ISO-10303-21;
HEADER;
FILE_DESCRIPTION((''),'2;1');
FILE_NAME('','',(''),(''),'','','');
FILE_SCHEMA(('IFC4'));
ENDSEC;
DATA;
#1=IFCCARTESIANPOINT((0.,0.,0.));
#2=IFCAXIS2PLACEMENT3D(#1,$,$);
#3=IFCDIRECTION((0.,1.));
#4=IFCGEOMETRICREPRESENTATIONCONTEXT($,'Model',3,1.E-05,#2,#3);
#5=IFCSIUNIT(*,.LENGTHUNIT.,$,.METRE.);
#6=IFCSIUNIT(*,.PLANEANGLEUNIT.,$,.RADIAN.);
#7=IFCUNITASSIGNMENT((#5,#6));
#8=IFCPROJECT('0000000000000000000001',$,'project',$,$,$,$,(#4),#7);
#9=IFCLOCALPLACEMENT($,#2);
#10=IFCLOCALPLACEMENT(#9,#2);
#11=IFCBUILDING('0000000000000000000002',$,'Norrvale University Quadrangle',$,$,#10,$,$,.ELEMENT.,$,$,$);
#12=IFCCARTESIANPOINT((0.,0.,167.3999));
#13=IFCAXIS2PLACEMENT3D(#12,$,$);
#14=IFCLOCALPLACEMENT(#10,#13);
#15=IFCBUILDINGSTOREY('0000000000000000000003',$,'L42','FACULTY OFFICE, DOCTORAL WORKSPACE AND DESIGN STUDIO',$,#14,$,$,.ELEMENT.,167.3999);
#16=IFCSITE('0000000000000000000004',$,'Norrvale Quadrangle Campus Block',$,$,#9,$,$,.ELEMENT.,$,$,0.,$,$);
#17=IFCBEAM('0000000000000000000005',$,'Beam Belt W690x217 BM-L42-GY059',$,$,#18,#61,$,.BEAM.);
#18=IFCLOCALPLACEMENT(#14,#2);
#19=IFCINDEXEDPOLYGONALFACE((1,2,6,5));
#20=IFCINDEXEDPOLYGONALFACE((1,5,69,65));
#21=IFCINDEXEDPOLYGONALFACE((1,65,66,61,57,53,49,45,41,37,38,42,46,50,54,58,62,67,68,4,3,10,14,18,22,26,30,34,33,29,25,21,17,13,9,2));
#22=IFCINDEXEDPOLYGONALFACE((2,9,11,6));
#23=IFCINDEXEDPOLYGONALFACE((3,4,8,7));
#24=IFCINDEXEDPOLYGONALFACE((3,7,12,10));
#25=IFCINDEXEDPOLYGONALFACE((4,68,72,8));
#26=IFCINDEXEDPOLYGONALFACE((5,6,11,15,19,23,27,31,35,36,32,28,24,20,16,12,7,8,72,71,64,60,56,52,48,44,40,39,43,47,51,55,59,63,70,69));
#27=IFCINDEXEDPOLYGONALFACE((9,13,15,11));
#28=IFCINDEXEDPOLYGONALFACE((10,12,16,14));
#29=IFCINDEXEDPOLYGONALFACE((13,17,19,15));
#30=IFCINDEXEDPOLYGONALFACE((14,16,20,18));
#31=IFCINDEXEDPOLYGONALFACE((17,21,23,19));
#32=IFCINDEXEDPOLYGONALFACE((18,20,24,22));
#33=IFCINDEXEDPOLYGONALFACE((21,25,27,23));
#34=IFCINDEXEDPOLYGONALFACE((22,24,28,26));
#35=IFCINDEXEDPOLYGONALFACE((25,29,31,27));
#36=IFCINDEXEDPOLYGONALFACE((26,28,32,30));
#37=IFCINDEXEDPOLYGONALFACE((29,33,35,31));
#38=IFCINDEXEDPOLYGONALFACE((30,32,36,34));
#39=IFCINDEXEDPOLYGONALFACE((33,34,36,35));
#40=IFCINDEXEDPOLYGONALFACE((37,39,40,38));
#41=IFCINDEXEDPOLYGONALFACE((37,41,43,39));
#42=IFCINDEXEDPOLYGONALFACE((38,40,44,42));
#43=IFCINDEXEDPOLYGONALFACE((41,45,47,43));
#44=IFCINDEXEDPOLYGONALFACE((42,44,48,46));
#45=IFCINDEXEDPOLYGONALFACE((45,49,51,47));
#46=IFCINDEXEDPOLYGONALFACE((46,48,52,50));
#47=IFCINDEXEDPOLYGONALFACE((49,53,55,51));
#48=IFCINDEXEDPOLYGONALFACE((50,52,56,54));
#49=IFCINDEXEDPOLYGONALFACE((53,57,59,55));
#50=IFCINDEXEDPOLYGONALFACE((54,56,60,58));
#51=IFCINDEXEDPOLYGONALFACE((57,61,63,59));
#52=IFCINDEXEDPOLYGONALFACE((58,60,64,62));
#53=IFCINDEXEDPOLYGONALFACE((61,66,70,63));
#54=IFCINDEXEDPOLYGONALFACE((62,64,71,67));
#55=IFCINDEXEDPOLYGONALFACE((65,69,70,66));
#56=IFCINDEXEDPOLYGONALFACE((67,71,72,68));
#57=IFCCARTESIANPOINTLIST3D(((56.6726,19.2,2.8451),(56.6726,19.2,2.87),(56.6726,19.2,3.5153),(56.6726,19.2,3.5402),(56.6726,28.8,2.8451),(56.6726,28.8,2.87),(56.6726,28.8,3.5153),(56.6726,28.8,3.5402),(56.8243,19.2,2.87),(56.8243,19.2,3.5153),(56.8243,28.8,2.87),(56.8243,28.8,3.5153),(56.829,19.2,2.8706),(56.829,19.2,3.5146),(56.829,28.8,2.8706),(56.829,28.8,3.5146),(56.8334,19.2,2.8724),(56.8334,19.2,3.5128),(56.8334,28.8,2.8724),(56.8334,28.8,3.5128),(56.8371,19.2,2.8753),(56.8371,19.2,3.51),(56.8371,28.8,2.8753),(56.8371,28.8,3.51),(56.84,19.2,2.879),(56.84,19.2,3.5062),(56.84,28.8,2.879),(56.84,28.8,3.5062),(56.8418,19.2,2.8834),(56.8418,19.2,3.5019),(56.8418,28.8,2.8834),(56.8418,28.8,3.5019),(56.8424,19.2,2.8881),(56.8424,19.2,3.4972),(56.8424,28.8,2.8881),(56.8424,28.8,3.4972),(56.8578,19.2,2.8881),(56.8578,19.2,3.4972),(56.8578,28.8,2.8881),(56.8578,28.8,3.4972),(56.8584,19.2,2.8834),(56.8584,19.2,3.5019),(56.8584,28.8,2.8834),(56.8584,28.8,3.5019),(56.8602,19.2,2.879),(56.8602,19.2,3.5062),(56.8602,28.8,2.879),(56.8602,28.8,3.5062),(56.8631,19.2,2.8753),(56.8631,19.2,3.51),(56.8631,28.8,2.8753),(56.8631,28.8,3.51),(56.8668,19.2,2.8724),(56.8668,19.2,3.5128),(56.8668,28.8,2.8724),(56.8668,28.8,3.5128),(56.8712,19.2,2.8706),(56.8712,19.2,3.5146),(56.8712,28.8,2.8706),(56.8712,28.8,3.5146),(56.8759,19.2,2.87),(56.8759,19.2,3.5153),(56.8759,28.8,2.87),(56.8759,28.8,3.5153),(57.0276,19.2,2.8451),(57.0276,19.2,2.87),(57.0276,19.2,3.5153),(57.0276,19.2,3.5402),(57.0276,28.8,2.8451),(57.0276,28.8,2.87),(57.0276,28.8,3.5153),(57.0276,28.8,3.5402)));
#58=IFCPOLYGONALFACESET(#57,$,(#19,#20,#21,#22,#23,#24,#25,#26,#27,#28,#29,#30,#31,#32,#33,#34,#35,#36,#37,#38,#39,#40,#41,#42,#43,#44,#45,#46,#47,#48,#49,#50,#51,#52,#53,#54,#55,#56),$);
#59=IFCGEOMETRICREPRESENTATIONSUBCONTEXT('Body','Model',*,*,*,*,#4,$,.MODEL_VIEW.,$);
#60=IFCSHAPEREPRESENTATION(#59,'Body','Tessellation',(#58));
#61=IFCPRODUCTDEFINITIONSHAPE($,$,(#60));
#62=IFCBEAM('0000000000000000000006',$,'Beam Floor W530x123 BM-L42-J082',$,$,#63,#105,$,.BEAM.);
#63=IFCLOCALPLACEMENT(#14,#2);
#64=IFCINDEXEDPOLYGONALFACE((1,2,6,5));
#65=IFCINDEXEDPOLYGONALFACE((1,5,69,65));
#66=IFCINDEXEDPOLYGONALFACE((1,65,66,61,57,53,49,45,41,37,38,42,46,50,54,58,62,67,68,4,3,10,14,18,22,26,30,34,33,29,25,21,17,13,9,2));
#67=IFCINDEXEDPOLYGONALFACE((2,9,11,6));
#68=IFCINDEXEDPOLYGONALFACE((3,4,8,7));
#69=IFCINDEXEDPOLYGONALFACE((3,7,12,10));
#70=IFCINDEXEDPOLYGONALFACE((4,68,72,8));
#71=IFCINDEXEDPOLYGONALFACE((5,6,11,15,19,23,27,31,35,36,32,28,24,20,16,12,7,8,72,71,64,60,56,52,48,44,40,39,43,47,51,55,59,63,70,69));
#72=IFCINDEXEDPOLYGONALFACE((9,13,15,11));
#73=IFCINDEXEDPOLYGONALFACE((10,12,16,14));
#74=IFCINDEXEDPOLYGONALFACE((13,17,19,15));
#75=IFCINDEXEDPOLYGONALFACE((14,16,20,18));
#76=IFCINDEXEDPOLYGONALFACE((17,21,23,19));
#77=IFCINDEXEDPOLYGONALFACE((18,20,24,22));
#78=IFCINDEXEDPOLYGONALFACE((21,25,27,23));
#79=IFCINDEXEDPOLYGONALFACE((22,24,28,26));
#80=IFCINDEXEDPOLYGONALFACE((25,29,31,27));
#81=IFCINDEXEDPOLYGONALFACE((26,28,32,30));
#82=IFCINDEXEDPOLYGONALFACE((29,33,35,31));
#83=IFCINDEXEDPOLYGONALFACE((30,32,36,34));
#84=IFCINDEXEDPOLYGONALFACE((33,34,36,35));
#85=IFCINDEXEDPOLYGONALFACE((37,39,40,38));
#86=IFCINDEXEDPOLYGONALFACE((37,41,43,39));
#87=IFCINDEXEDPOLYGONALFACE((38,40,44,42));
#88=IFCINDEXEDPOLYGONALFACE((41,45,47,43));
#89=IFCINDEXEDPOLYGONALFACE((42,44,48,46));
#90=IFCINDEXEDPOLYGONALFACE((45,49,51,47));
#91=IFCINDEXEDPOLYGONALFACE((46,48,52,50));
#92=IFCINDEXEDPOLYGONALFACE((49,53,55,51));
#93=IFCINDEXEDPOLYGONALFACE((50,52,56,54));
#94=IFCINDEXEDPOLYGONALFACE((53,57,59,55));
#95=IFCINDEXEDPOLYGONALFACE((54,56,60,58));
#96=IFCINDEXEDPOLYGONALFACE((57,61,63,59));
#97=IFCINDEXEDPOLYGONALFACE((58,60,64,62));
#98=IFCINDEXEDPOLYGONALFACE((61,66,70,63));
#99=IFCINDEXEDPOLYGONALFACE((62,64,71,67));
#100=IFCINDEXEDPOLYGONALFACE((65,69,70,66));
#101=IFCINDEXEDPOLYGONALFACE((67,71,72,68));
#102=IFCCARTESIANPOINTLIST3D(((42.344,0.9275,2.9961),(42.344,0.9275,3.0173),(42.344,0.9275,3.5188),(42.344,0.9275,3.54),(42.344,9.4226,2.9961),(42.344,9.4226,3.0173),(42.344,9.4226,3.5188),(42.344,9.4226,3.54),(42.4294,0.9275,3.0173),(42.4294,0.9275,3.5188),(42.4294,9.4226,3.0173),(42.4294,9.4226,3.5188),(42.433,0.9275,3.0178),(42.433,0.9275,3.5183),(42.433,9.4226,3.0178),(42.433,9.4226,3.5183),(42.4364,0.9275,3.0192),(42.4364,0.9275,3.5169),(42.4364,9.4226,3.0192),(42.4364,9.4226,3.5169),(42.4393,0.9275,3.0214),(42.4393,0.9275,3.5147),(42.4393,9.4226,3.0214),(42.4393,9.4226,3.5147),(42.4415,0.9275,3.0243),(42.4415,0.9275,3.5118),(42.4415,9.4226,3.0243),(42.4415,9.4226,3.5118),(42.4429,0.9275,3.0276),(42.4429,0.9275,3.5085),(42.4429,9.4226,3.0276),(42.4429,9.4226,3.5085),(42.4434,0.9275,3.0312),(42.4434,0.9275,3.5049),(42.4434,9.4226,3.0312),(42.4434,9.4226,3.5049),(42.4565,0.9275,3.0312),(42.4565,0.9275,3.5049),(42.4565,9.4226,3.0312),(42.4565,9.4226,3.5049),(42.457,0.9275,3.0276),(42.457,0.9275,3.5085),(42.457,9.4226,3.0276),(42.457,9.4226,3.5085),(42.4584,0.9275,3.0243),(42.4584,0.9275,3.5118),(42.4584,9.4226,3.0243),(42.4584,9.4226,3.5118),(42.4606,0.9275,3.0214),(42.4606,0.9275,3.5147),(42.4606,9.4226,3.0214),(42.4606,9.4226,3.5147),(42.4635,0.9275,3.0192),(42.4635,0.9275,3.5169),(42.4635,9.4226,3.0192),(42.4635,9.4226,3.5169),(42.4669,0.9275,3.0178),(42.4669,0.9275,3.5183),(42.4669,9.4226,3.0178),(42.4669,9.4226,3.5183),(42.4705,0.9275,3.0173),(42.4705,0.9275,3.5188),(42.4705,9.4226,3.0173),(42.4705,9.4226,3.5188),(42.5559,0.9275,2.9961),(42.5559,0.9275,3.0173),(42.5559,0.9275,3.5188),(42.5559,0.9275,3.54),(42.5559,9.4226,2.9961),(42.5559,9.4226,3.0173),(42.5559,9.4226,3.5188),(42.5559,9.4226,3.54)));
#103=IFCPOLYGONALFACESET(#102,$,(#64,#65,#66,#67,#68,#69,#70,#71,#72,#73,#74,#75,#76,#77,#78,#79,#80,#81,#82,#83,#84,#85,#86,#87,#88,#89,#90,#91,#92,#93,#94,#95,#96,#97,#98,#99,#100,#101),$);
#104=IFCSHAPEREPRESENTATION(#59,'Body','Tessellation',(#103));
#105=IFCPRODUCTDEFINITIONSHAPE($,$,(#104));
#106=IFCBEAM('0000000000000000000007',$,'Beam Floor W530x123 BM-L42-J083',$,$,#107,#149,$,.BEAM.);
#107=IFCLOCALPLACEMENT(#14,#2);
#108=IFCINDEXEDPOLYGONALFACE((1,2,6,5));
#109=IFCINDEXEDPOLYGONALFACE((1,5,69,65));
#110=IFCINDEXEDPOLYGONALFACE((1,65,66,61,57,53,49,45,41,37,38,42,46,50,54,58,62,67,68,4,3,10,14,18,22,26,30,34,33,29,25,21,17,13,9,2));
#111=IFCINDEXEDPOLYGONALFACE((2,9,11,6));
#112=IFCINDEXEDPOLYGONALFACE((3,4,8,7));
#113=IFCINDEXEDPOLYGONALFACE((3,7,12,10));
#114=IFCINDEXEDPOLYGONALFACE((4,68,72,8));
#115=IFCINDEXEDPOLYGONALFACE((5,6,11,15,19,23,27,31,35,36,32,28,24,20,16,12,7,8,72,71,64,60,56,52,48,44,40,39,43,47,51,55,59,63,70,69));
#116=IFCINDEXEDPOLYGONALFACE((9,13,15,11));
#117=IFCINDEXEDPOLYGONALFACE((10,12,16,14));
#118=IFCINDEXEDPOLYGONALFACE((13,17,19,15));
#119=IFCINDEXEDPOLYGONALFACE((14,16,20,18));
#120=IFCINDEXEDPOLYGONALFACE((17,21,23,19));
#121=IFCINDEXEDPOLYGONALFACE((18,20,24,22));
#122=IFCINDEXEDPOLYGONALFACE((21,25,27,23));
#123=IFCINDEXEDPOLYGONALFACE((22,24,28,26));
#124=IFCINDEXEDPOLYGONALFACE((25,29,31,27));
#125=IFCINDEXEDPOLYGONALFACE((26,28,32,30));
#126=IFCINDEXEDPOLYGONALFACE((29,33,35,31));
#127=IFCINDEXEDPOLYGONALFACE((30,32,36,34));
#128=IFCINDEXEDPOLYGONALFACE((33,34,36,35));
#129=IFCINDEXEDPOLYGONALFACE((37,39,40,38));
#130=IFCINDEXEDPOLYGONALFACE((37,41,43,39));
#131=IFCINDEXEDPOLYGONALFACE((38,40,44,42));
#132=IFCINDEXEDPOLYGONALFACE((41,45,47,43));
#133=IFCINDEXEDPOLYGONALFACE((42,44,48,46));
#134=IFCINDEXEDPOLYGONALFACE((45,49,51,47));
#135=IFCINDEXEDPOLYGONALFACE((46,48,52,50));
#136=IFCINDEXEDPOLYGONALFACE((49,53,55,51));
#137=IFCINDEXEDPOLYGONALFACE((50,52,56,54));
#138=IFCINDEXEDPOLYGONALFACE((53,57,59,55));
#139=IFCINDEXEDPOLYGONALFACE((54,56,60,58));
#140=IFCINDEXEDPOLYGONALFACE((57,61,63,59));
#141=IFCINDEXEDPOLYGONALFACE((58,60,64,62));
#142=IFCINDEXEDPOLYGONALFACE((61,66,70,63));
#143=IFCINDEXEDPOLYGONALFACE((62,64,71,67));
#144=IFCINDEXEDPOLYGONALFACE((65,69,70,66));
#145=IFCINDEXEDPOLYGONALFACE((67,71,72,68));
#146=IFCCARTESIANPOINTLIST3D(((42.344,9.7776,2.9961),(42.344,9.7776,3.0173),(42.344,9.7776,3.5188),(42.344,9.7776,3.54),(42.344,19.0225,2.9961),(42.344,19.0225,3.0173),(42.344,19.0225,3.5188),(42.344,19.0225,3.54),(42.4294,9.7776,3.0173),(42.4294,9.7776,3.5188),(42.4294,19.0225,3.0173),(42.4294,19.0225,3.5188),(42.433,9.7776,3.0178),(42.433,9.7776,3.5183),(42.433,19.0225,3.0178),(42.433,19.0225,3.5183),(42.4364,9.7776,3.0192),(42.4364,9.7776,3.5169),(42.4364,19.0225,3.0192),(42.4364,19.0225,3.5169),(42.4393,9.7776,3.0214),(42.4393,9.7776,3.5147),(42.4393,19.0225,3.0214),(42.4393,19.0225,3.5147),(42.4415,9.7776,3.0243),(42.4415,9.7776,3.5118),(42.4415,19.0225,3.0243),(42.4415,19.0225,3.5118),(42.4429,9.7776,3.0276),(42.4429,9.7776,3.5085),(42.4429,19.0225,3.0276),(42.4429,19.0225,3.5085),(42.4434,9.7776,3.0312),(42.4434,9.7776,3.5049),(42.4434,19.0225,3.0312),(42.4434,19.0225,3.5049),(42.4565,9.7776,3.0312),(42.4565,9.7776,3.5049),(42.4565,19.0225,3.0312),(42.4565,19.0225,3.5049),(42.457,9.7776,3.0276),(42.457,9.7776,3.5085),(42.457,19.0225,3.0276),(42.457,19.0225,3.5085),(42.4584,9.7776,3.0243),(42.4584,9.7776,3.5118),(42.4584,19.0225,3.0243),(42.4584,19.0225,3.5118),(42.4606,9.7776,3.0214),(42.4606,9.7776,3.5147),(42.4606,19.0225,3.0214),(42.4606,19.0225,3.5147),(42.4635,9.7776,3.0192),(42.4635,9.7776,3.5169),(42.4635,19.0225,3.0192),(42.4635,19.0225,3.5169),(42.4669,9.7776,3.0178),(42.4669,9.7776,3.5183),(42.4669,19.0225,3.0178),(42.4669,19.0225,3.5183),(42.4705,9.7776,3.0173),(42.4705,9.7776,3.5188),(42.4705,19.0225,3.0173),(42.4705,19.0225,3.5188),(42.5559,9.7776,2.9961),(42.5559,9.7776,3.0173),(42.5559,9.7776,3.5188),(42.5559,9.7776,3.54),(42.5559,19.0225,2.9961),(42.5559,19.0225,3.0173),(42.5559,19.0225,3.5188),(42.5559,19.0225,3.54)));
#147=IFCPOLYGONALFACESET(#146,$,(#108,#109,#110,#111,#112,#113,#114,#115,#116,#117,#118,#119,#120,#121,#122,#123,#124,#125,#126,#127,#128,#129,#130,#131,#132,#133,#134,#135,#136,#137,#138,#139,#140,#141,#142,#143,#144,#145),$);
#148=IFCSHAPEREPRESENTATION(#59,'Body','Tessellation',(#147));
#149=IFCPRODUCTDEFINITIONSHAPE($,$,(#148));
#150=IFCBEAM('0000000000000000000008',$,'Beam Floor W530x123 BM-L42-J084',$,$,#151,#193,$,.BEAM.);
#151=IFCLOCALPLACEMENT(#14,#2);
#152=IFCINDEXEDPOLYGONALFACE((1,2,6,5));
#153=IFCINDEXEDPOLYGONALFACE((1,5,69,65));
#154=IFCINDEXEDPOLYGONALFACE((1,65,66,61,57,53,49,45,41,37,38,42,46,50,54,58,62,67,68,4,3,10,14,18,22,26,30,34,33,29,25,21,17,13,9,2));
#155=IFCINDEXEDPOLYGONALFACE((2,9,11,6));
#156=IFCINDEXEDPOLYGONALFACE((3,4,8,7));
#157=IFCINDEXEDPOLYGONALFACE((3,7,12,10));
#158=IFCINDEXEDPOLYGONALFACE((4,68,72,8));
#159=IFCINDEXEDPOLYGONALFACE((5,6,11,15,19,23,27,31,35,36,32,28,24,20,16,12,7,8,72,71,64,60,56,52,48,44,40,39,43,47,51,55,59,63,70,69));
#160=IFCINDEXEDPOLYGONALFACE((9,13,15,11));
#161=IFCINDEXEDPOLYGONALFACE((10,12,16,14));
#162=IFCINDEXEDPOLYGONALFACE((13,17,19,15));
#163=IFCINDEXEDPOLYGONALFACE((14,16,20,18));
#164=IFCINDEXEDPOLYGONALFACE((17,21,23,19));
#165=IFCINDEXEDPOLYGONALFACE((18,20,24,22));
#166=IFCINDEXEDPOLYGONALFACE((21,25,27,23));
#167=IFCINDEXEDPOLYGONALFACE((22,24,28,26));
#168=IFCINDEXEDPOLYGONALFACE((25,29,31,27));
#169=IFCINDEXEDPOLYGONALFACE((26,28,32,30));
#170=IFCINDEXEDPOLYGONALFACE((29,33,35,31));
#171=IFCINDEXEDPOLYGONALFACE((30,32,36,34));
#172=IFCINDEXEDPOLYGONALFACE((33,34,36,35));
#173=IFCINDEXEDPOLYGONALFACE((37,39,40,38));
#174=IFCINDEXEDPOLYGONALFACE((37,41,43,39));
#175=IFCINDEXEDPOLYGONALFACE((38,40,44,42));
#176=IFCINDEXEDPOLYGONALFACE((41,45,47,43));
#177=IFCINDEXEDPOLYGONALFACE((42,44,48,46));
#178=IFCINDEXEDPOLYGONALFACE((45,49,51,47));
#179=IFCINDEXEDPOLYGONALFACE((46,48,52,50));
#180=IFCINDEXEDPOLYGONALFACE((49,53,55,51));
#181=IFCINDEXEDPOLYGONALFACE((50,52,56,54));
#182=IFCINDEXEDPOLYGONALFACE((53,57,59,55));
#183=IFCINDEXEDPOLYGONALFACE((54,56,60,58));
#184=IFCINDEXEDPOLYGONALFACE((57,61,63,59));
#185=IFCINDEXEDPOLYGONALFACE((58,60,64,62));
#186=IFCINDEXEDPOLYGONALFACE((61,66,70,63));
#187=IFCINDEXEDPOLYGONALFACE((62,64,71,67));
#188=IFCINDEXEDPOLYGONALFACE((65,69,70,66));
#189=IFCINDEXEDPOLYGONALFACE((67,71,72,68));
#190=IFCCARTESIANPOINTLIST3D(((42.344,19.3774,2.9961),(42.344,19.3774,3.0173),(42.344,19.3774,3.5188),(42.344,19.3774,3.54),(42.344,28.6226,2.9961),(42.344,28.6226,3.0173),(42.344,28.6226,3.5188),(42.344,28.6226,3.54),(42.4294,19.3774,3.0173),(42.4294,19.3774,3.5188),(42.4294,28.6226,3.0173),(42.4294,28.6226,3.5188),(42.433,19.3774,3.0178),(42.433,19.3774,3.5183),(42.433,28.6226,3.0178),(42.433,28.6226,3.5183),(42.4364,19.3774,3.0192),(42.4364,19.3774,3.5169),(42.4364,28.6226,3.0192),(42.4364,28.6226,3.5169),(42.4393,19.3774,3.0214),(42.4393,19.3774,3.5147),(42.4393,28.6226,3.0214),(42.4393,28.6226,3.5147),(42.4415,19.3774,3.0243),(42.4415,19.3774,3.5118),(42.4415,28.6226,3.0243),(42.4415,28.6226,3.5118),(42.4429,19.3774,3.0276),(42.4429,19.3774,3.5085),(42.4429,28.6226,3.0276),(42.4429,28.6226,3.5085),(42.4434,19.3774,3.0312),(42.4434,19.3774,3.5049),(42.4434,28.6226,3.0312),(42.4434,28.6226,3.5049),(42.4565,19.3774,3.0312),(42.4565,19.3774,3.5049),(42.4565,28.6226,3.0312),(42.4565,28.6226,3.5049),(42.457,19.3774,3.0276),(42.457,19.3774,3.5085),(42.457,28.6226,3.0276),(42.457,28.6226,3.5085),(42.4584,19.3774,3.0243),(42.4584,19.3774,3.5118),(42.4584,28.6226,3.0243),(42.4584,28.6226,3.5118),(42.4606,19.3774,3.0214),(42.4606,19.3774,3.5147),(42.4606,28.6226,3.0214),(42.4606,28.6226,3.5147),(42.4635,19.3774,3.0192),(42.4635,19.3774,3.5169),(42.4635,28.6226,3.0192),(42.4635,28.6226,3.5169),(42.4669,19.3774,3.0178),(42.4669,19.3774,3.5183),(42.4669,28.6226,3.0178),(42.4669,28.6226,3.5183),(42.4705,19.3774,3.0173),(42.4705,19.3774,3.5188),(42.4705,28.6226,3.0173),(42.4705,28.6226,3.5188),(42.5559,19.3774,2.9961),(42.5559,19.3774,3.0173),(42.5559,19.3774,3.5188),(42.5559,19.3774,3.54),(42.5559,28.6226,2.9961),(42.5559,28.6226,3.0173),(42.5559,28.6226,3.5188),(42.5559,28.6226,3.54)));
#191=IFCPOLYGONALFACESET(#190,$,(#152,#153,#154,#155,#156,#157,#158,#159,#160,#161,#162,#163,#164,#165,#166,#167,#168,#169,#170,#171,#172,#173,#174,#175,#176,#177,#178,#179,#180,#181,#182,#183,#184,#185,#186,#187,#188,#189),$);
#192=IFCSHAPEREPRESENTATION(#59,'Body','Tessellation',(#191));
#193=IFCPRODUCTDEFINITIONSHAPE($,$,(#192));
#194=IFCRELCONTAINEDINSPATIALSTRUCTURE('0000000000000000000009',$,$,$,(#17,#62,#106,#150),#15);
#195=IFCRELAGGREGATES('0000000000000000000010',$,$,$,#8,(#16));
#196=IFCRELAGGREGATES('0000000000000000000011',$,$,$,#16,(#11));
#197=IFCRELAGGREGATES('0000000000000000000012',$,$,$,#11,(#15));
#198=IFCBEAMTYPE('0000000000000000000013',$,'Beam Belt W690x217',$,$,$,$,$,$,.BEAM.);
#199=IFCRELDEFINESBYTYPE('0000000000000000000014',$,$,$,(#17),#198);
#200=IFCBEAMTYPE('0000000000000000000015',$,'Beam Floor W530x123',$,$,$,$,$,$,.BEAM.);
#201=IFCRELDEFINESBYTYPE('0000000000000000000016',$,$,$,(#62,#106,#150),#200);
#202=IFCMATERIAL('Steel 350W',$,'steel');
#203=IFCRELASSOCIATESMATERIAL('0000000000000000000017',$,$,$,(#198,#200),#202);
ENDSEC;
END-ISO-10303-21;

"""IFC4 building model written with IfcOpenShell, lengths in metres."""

from ifc_helpers import new_model, si_unit, direction, frame, origin, origin_2d, place, context, subcontext, project, spatial, i_section, extrude, material, material_profile, profile_set, type_object, element, save


model = new_model("IFC4")

# Units and contexts
model_context = context("Model", 3, precision=1e-05, world=origin(), true_north=direction((0.0, 1.0)))
body_context = subcontext(model_context, "Body", "Model", "MODEL_VIEW")
ifc_project = project(units=[si_unit("LENGTHUNIT", "METRE"), si_unit("PLANEANGLEUNIT", "RADIAN")], contexts=[model_context])

# Site, building, storey
site_placement = place(None, origin())
site = spatial("IfcSite", under=ifc_project, at=site_placement, Name="Norrvale Quadrangle Campus Block", CompositionType="ELEMENT", RefElevation=0.0)
building_placement = place(site_placement, origin())
building = spatial("IfcBuilding", under=site, at=building_placement, Name="Norrvale University Quadrangle", CompositionType="ELEMENT")
storey_placement = place(building_placement, frame((0.0, 0.0, 167.3999)))
storey = spatial("IfcBuildingStorey", under=building, at=storey_placement, Name="L42", Description="FACULTY OFFICE, DOCTORAL WORKSPACE AND DESIGN STUDIO", CompositionType="ELEMENT", Elevation=167.3999)

# Beams
ifc_material_1 = material(Name="Steel 350W", Category="steel")
ifc_material_profile_1 = material_profile(ifc_material_1, i_section(OverallWidth=0.355, OverallDepth=0.6951, WebThickness=0.0154, FlangeThickness=0.0249, FilletRadius=0.0181, at=origin_2d()), Name="Steel 350W")
ifc_profile_set_1 = profile_set([ifc_material_profile_1], Name="Steel 350W")
beam_type_1 = type_object("IfcBeamType", Name="Beam Belt W690x217", PredefinedType="BEAM", material=ifc_profile_set_1)
beam_1_placement = place(storey_placement, frame((56.8501, 19.2, 3.1926), z_axis=(0.0, 1.0, 0.0), x_axis=(-1.0, 0.0, 0.0)))
element("IfcBeam", 1, at=beam_1_placement, inside=storey, type_object=beam_type_1, Name="Beam Belt W690x217 BM-L42-GY059", PredefinedType="BEAM", context=body_context, shape_type="SweptSolid", body=[
    extrude(i_section(OverallWidth=0.355, OverallDepth=0.6951, WebThickness=0.0154, FlangeThickness=0.0249, FilletRadius=0.0181, at=origin_2d()), origin(), (0.0, 0.0, 1.0), 9.6001),
])
ifc_material_profile_2 = material_profile(ifc_material_1, i_section(OverallWidth=0.2119, OverallDepth=0.5439, WebThickness=0.0132, FlangeThickness=0.0212, FilletRadius=0.0139, at=origin_2d()), Name="Steel 350W")
ifc_profile_set_2 = profile_set([ifc_material_profile_2], Name="Steel 350W")
beam_type_2 = type_object("IfcBeamType", Name="Beam Floor W530x123", PredefinedType="BEAM", material=ifc_profile_set_2)
beam_2_placement = place(storey_placement, frame((42.45, 0.9275, 3.2681), z_axis=(0.0, 1.0, 0.0), x_axis=(-1.0, 0.0, 0.0)))
element("IfcBeam", 2, at=beam_2_placement, inside=storey, type_object=beam_type_2, Name="Beam Floor W530x123 BM-L42-J082", PredefinedType="BEAM", context=body_context, shape_type="SweptSolid", body=[
    extrude(i_section(OverallWidth=0.2119, OverallDepth=0.5439, WebThickness=0.0132, FlangeThickness=0.0212, FilletRadius=0.0139, at=origin_2d()), origin(), (0.0, 0.0, 1.0), 8.4951),
])
beam_3_placement = place(storey_placement, frame((42.45, 9.7776, 3.2681), z_axis=(0.0, 1.0, 0.0), x_axis=(-1.0, 0.0, 0.0)))
element("IfcBeam", 3, at=beam_3_placement, inside=storey, type_object=beam_type_2, Name="Beam Floor W530x123 BM-L42-J083", PredefinedType="BEAM", context=body_context, shape_type="SweptSolid", body=[
    extrude(i_section(OverallWidth=0.2119, OverallDepth=0.5439, WebThickness=0.0132, FlangeThickness=0.0212, FilletRadius=0.0139, at=origin_2d()), origin(), (0.0, 0.0, 1.0), 9.2449),
])
beam_4_placement = place(storey_placement, frame((42.45, 19.3774, 3.2681), z_axis=(0.0, 1.0, 0.0), x_axis=(-1.0, 0.0, 0.0)))
element("IfcBeam", 4, at=beam_4_placement, inside=storey, type_object=beam_type_2, Name="Beam Floor W530x123 BM-L42-J084", PredefinedType="BEAM", context=body_context, shape_type="SweptSolid", body=[
    extrude(i_section(OverallWidth=0.2119, OverallDepth=0.5439, WebThickness=0.0132, FlangeThickness=0.0212, FilletRadius=0.0139, at=origin_2d()), origin(), (0.0, 0.0, 1.0), 9.2451),
])

save(model, "model.ifc")
